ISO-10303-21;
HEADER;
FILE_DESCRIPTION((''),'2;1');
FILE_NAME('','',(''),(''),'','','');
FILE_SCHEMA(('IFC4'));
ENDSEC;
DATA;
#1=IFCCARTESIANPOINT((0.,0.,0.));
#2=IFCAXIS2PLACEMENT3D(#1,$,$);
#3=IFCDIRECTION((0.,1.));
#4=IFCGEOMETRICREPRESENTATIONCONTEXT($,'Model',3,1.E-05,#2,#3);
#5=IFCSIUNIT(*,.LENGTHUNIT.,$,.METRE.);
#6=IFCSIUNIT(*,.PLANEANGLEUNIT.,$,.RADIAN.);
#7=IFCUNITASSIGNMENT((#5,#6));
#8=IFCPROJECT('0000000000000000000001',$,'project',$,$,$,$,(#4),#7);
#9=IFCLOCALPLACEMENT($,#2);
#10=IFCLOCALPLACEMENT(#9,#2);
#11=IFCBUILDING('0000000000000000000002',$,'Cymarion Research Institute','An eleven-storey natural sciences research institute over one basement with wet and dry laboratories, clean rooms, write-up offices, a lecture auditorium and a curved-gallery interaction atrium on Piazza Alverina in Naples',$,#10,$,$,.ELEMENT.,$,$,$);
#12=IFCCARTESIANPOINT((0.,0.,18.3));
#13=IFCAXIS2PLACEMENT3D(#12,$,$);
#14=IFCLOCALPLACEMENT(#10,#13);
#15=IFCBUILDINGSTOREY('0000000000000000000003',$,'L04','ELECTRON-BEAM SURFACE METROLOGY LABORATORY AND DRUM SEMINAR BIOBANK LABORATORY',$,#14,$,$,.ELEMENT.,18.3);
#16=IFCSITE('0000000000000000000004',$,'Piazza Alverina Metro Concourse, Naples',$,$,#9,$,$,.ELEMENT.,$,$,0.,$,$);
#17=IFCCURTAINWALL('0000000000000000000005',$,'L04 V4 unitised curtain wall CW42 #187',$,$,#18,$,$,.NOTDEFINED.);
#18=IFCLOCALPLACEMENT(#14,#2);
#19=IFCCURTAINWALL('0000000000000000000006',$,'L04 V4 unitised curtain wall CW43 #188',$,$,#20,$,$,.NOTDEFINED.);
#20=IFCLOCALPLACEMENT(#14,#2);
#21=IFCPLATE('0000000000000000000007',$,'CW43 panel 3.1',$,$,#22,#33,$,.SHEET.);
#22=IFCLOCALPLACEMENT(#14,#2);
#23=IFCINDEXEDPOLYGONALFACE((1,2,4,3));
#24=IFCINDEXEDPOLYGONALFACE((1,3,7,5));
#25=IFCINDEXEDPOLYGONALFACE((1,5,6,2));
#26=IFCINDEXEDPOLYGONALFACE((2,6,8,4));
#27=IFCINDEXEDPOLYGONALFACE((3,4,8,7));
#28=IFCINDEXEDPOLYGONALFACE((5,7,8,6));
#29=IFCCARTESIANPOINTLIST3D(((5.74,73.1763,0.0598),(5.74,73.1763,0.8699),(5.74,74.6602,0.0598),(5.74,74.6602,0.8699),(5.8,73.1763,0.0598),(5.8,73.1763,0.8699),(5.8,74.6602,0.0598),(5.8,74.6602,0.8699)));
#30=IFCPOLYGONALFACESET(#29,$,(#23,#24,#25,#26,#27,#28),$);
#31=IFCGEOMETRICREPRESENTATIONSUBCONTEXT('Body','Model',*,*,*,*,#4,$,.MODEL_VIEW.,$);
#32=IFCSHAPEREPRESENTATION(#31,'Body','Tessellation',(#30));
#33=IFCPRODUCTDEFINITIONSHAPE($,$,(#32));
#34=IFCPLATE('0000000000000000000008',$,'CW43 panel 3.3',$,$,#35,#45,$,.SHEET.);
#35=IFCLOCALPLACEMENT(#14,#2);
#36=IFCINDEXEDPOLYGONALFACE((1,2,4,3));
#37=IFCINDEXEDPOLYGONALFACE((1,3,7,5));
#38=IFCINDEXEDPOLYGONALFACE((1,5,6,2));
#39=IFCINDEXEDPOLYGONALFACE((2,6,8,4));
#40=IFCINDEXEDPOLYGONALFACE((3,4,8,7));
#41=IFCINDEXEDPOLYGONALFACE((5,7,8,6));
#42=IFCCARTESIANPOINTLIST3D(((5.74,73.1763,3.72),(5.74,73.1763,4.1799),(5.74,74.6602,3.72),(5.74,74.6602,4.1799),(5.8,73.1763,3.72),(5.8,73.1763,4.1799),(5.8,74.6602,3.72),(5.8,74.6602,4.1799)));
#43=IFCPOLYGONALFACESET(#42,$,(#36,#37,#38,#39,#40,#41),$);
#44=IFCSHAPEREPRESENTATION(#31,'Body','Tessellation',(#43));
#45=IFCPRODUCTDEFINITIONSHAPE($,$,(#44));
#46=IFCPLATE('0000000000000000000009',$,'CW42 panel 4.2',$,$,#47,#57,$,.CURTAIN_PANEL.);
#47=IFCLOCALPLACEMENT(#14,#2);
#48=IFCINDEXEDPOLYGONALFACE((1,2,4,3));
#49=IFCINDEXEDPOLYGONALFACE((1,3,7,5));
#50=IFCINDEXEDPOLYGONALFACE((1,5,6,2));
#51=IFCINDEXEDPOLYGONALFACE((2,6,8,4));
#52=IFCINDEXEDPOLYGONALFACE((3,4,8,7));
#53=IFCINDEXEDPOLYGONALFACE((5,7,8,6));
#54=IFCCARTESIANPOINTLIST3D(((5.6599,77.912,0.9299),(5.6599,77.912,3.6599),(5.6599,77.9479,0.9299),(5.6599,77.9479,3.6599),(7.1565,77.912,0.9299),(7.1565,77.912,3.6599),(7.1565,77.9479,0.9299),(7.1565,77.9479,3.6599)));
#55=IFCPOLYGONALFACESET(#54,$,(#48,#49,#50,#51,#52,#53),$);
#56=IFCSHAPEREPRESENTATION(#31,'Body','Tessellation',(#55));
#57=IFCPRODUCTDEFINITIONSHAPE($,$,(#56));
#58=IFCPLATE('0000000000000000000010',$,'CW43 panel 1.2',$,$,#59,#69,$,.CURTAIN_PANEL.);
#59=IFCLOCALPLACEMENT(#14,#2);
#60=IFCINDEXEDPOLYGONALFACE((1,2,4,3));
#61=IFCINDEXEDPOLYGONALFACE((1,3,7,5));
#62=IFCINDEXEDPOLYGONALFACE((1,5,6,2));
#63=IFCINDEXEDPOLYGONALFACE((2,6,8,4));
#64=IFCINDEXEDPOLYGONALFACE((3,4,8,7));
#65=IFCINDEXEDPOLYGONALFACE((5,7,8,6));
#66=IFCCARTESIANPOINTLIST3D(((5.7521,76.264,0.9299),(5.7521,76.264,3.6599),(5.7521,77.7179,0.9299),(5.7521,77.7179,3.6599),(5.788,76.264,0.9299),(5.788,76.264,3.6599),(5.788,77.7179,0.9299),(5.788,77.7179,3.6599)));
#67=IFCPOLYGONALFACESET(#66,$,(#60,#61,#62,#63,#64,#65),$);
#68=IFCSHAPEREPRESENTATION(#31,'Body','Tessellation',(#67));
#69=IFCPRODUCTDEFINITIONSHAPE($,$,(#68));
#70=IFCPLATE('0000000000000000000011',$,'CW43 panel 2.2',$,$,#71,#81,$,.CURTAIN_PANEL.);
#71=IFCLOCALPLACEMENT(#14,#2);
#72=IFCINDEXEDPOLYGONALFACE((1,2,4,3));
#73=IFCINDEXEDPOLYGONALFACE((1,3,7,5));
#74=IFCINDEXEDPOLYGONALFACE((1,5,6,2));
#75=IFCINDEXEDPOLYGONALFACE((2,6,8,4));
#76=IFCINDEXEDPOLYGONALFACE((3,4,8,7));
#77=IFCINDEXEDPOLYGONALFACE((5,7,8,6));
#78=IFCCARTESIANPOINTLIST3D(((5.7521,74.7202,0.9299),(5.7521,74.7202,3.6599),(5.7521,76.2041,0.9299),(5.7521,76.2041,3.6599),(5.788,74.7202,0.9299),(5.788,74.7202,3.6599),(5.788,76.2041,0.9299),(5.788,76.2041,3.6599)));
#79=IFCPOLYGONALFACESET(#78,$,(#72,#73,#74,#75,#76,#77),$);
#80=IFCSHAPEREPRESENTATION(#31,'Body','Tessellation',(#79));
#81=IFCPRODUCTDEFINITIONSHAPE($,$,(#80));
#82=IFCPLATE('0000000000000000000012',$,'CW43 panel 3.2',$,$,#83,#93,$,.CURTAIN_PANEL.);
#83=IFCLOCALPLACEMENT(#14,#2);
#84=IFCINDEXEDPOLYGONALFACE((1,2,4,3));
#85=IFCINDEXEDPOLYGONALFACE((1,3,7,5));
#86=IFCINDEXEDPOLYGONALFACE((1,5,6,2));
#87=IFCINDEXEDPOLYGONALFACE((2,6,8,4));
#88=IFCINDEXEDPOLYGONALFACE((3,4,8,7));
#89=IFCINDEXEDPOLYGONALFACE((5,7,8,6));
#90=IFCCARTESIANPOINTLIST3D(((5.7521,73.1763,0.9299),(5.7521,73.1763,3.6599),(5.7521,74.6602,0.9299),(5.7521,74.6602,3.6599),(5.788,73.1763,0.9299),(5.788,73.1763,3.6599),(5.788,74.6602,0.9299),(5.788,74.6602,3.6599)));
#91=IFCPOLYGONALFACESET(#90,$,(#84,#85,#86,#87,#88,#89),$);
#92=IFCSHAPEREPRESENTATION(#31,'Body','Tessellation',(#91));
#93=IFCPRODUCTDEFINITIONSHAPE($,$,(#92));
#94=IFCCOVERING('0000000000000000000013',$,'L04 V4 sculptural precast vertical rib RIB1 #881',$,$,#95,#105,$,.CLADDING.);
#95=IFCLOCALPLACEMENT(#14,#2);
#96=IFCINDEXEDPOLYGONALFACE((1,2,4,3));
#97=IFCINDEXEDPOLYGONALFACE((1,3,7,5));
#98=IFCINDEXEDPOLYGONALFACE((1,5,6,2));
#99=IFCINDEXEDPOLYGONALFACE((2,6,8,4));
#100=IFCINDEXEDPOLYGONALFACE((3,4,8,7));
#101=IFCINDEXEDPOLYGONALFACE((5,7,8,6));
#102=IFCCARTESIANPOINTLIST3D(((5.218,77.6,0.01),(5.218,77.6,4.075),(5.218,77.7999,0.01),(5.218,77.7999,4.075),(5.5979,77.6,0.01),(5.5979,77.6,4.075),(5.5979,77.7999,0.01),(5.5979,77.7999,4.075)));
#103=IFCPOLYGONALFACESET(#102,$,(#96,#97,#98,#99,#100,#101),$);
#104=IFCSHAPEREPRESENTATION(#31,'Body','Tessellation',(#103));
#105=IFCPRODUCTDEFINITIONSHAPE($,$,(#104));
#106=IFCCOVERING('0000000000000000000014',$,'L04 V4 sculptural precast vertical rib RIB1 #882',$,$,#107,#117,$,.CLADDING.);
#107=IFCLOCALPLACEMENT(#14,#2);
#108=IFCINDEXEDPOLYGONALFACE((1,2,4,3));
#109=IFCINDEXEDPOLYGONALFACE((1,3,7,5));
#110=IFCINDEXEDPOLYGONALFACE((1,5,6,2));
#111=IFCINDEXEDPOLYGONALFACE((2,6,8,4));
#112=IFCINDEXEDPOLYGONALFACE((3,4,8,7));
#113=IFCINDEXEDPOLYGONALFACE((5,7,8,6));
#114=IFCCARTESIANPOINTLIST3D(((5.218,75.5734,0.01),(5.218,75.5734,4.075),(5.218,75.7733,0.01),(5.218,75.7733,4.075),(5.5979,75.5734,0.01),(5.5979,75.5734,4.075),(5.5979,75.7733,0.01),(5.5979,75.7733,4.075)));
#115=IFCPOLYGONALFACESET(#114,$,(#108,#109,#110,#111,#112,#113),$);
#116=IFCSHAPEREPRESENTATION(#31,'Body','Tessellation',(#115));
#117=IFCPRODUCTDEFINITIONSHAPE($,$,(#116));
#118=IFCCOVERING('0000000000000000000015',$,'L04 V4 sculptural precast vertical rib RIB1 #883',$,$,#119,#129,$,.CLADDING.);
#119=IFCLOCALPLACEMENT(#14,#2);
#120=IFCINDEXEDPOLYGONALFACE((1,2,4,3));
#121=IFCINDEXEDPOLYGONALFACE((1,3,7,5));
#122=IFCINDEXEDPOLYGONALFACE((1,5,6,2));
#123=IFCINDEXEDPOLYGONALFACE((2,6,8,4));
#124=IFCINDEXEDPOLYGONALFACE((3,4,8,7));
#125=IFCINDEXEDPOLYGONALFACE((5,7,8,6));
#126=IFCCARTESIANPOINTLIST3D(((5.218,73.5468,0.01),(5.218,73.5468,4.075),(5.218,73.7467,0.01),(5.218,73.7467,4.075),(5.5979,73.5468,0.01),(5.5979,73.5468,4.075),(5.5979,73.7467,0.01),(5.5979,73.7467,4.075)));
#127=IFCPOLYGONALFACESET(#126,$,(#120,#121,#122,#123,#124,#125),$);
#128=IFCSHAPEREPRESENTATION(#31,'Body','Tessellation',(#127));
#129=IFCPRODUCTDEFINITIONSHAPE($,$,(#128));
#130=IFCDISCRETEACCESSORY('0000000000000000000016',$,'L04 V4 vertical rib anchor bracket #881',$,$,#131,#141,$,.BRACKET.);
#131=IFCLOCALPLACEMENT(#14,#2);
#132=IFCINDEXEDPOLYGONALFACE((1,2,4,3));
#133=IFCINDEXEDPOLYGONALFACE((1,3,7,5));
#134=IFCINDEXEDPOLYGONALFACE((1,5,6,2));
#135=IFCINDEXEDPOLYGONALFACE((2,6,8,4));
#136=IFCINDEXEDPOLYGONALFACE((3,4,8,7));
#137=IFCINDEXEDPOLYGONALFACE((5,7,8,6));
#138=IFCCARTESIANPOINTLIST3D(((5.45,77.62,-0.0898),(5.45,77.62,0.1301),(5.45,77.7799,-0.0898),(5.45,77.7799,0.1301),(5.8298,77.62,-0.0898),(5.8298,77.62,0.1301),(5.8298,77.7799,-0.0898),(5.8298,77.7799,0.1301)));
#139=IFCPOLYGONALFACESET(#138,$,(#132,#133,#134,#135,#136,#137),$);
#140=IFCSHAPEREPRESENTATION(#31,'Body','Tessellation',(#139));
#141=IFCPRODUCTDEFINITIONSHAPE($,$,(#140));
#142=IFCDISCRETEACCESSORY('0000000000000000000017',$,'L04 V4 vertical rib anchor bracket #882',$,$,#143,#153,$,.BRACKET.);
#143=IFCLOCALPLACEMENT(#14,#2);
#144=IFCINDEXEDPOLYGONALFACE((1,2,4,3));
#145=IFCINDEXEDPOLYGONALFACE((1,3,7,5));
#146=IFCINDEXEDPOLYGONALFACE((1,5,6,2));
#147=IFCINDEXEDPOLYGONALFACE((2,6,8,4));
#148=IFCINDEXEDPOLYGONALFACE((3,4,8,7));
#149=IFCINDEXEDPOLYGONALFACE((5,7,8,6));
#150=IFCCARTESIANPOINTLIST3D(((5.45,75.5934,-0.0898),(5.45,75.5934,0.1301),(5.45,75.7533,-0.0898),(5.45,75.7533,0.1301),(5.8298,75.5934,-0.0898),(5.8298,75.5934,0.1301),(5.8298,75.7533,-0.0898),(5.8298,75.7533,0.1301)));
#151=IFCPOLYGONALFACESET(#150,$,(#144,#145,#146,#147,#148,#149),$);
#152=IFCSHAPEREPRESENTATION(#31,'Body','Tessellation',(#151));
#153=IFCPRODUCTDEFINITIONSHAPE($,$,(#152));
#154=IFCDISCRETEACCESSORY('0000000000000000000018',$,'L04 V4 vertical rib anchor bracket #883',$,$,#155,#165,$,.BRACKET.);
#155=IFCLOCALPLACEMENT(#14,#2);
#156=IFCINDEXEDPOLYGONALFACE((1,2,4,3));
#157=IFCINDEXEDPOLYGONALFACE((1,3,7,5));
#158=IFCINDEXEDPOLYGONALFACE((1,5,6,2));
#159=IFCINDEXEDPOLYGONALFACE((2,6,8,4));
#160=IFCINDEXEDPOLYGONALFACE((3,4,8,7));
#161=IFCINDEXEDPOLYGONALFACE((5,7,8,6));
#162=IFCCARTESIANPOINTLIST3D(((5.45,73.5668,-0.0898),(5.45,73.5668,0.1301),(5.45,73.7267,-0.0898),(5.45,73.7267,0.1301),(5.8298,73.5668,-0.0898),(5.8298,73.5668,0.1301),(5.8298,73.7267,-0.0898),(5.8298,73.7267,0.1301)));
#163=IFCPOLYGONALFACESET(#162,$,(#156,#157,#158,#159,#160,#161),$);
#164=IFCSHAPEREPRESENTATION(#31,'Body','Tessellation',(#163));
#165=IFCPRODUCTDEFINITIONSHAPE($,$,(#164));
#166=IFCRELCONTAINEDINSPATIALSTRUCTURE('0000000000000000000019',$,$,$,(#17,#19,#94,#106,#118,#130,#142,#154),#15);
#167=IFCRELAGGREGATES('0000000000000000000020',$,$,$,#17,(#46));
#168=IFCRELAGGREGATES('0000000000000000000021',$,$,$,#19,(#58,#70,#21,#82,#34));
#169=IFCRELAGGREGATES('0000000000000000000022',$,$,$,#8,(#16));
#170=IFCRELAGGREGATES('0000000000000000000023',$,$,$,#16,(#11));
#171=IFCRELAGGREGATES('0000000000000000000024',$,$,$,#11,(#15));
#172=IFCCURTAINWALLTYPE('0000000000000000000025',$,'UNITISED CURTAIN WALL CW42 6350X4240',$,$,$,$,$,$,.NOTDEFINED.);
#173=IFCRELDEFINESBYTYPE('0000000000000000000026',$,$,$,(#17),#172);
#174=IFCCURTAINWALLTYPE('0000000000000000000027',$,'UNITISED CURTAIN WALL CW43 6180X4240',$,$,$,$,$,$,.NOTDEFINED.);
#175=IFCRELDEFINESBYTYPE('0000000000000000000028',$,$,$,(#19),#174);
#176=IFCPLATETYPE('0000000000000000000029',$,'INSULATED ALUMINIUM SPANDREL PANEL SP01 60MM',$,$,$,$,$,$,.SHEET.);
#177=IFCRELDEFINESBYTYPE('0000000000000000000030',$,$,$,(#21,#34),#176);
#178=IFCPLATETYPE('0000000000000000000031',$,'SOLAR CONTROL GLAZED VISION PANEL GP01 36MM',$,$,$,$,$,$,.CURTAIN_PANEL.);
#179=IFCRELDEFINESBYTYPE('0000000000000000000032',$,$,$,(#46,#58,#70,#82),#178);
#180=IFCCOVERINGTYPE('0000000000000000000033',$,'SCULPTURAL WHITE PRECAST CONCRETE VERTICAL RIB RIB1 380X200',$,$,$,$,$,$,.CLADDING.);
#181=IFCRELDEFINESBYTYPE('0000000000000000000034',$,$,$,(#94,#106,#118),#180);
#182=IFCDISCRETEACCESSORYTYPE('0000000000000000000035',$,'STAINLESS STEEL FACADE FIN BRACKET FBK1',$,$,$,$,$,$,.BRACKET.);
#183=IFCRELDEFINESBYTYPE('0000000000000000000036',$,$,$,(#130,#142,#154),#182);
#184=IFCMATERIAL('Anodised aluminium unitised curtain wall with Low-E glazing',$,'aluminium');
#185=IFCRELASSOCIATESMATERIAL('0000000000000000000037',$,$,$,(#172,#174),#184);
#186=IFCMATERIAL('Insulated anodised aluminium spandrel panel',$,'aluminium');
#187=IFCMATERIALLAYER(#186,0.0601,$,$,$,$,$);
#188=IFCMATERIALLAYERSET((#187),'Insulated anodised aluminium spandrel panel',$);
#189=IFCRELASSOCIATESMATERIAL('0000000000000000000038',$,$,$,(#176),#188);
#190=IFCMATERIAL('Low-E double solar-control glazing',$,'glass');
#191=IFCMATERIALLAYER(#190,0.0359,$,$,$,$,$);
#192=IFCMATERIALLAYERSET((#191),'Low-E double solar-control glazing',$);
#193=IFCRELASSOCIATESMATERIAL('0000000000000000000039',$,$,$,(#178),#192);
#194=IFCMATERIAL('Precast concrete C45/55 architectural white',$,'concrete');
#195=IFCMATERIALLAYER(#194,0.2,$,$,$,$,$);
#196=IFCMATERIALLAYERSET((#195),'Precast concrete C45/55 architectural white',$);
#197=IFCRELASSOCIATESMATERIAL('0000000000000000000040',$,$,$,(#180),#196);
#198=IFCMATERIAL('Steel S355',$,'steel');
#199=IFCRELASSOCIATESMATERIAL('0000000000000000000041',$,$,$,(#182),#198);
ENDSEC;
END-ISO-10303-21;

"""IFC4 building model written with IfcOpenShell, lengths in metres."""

from ifc_helpers import new_model, si_unit, direction, frame, origin, origin_2d, place, context, subcontext, project, spatial, rectangle, extrude, material, layer, layer_set, type_object, element, aggregate, save


model = new_model("IFC4")

# Units and contexts
model_context = context("Model", 3, precision=1e-05, world=origin(), true_north=direction((0.0, 1.0)))
body_context = subcontext(model_context, "Body", "Model", "MODEL_VIEW")
ifc_project = project(units=[si_unit("LENGTHUNIT", "METRE"), si_unit("PLANEANGLEUNIT", "RADIAN")], contexts=[model_context])

# Site, building, storey
site_placement = place(None, origin())
site = spatial("IfcSite", under=ifc_project, at=site_placement, Name="Piazza Alverina Metro Concourse, Naples", CompositionType="ELEMENT", RefElevation=0.0)
building_placement = place(site_placement, origin())
building = spatial("IfcBuilding", under=site, at=building_placement, Name="Cymarion Research Institute", Description="An eleven-storey natural sciences research institute over one basement with wet and dry laboratories, clean rooms, write-up offices, a lecture auditorium and a curved-gallery interaction atrium on Piazza Alverina in Naples", CompositionType="ELEMENT")
storey_placement = place(building_placement, frame((0.0, 0.0, 18.3)))
storey = spatial("IfcBuildingStorey", under=building, at=storey_placement, Name="L04", Description="ELECTRON-BEAM SURFACE METROLOGY LABORATORY AND DRUM SEMINAR BIOBANK LABORATORY", CompositionType="ELEMENT", Elevation=18.3)

# Shared definitions
ifc_material_1 = material(Name="Steel S355", Category="steel")

# Curtain wall
ifc_material_2 = material(Name="Anodised aluminium unitised curtain wall with Low-E glazing", Category="aluminium")
curtain_wall_type_1 = type_object("IfcCurtainWallType", Name="UNITISED CURTAIN WALL CW42 6350X4240", PredefinedType="NOTDEFINED", material=ifc_material_2)
curtain_wall_1_placement = place(storey_placement, origin())
curtain_wall_1 = element("IfcCurtainWall", 1, at=curtain_wall_1_placement, inside=storey, type_object=curtain_wall_type_1, Name="L04 V4 unitised curtain wall CW42 #187", PredefinedType="NOTDEFINED")

# Curtain wall
curtain_wall_type_2 = type_object("IfcCurtainWallType", Name="UNITISED CURTAIN WALL CW43 6180X4240", PredefinedType="NOTDEFINED", material=ifc_material_2)
curtain_wall_2_placement = place(storey_placement, origin())
curtain_wall_2 = element("IfcCurtainWall", 2, at=curtain_wall_2_placement, inside=storey, type_object=curtain_wall_type_2, Name="L04 V4 unitised curtain wall CW43 #188", PredefinedType="NOTDEFINED")

# Plates
ifc_material_3 = material(Name="Insulated anodised aluminium spandrel panel", Category="aluminium")
ifc_layer_1 = layer(ifc_material_3, 0.0601)
ifc_layer_set_1 = layer_set([ifc_layer_1], Name="Insulated anodised aluminium spandrel panel")
plate_type_1 = type_object("IfcPlateType", Name="INSULATED ALUMINIUM SPANDREL PANEL SP01 60MM", PredefinedType="SHEET", material=ifc_layer_set_1)
plate_1_placement = place(storey_placement, frame((5.77, 73.9182, 0.0598), z_axis=(0.0, 0.0, 1.0), x_axis=(0.0, -1.0, 0.0)))
plate_1 = element("IfcPlate", 3, at=plate_1_placement, type_object=plate_type_1, Name="CW43 panel 3.1", PredefinedType="SHEET", context=body_context, shape_type="SweptSolid", body=[
    extrude(rectangle(XDim=1.4839, YDim=0.0601, at=origin_2d()), origin(), (0.0, 0.0, 1.0), 0.8101),
])
plate_2_placement = place(storey_placement, frame((5.77, 73.9182, 3.72), z_axis=(0.0, 0.0, 1.0), x_axis=(0.0, -1.0, 0.0)))
plate_2 = element("IfcPlate", 4, at=plate_2_placement, type_object=plate_type_1, Name="CW43 panel 3.3", PredefinedType="SHEET", context=body_context, shape_type="SweptSolid", body=[
    extrude(rectangle(XDim=1.4839, YDim=0.0601, at=origin_2d()), origin(), (0.0, 0.0, 1.0), 0.46),
])
ifc_material_4 = material(Name="Low-E double solar-control glazing", Category="glass")
ifc_layer_2 = layer(ifc_material_4, 0.0359)
ifc_layer_set_2 = layer_set([ifc_layer_2], Name="Low-E double solar-control glazing")
plate_type_2 = type_object("IfcPlateType", Name="SOLAR CONTROL GLAZED VISION PANEL GP01 36MM", PredefinedType="CURTAIN_PANEL", material=ifc_layer_set_2)
plate_3_placement = place(storey_placement, frame((6.4082, 77.9299, 0.9299), z_axis=(0.0, 0.0, 1.0), x_axis=(-1.0, 0.0, 0.0)))
plate_3 = element("IfcPlate", 5, at=plate_3_placement, type_object=plate_type_2, Name="CW42 panel 4.2", PredefinedType="CURTAIN_PANEL", context=body_context, shape_type="SweptSolid", body=[
    extrude(rectangle(XDim=1.4966, YDim=0.0359, at=origin_2d()), origin(), (0.0, 0.0, 1.0), 2.73),
])
aggregate(curtain_wall_1, [plate_3])
plate_4_placement = place(storey_placement, frame((5.77, 76.991, 0.9299), z_axis=(0.0, 0.0, 1.0), x_axis=(0.0, -1.0, 0.0)))
plate_4 = element("IfcPlate", 6, at=plate_4_placement, type_object=plate_type_2, Name="CW43 panel 1.2", PredefinedType="CURTAIN_PANEL", context=body_context, shape_type="SweptSolid", body=[
    extrude(rectangle(XDim=1.4539, YDim=0.0359, at=origin_2d()), origin(), (0.0, 0.0, 1.0), 2.73),
])
plate_5_placement = place(storey_placement, frame((5.77, 75.4622, 0.9299), z_axis=(0.0, 0.0, 1.0), x_axis=(0.0, -1.0, 0.0)))
plate_5 = element("IfcPlate", 7, at=plate_5_placement, type_object=plate_type_2, Name="CW43 panel 2.2", PredefinedType="CURTAIN_PANEL", context=body_context, shape_type="SweptSolid", body=[
    extrude(rectangle(XDim=1.4839, YDim=0.0359, at=origin_2d()), origin(), (0.0, 0.0, 1.0), 2.73),
])
plate_6_placement = place(storey_placement, frame((5.77, 73.9182, 0.9299), z_axis=(0.0, 0.0, 1.0), x_axis=(0.0, -1.0, 0.0)))
plate_6 = element("IfcPlate", 8, at=plate_6_placement, type_object=plate_type_2, Name="CW43 panel 3.2", PredefinedType="CURTAIN_PANEL", context=body_context, shape_type="SweptSolid", body=[
    extrude(rectangle(XDim=1.4839, YDim=0.0359, at=origin_2d()), origin(), (0.0, 0.0, 1.0), 2.73),
])
aggregate(curtain_wall_2, [plate_4, plate_5, plate_1, plate_6, plate_2])

# Coverings
ifc_material_5 = material(Name="Precast concrete C45/55 architectural white", Category="concrete")
ifc_layer_3 = layer(ifc_material_5, 0.2)
ifc_layer_set_3 = layer_set([ifc_layer_3], Name="Precast concrete C45/55 architectural white")
covering_type = type_object("IfcCoveringType", Name="SCULPTURAL WHITE PRECAST CONCRETE VERTICAL RIB RIB1 380X200", PredefinedType="CLADDING", material=ifc_layer_set_3)
for number, where, z_axis, x_axis, name in (
    (9, (5.408, 77.7, 0.01), (0.0, 0.0, 1.0), (-1.0, 0.0, 0.0), "L04 V4 sculptural precast vertical rib RIB1 #881"),
    (10, (5.408, 75.6733, 0.01), (0.0, 0.0, 1.0), (-1.0, 0.0, 0.0), "L04 V4 sculptural precast vertical rib RIB1 #882"),
    (11, (5.408, 73.6467, 0.01), (0.0, 0.0, 1.0), (-1.0, 0.0, 0.0), "L04 V4 sculptural precast vertical rib RIB1 #883"),
):
    element("IfcCovering", number, at=place(storey_placement, frame(where, z_axis=z_axis, x_axis=x_axis)), inside=storey, type_object=covering_type, Name=name, PredefinedType="CLADDING", context=body_context, shape_type="SweptSolid", body=[
        extrude(rectangle(XDim=0.3799, YDim=0.2, at=origin_2d()), origin(), (0.0, 0.0, 1.0), 4.0649),
    ])

# Discrete accessories
discrete_accessory_type = type_object("IfcDiscreteAccessoryType", Name="STAINLESS STEEL FACADE FIN BRACKET FBK1", PredefinedType="BRACKET", material=ifc_material_1)
for number, where, z_axis, x_axis, name in (
    (12, (5.6399, 77.7, -0.0898), (0.0, 0.0, 1.0), (-1.0, 0.0, 0.0), "L04 V4 vertical rib anchor bracket #881"),
    (13, (5.6399, 75.6733, -0.0898), (0.0, 0.0, 1.0), (-1.0, 0.0, 0.0), "L04 V4 vertical rib anchor bracket #882"),
    (14, (5.6399, 73.6467, -0.0898), (0.0, 0.0, 1.0), (-1.0, 0.0, 0.0), "L04 V4 vertical rib anchor bracket #883"),
):
    element("IfcDiscreteAccessory", number, at=place(storey_placement, frame(where, z_axis=z_axis, x_axis=x_axis)), inside=storey, type_object=discrete_accessory_type, Name=name, PredefinedType="BRACKET", context=body_context, shape_type="SweptSolid", body=[
        extrude(rectangle(XDim=0.3799, YDim=0.1599, at=origin_2d()), origin(), (0.0, 0.0, 1.0), 0.22),
    ])

save(model, "model.ifc")
